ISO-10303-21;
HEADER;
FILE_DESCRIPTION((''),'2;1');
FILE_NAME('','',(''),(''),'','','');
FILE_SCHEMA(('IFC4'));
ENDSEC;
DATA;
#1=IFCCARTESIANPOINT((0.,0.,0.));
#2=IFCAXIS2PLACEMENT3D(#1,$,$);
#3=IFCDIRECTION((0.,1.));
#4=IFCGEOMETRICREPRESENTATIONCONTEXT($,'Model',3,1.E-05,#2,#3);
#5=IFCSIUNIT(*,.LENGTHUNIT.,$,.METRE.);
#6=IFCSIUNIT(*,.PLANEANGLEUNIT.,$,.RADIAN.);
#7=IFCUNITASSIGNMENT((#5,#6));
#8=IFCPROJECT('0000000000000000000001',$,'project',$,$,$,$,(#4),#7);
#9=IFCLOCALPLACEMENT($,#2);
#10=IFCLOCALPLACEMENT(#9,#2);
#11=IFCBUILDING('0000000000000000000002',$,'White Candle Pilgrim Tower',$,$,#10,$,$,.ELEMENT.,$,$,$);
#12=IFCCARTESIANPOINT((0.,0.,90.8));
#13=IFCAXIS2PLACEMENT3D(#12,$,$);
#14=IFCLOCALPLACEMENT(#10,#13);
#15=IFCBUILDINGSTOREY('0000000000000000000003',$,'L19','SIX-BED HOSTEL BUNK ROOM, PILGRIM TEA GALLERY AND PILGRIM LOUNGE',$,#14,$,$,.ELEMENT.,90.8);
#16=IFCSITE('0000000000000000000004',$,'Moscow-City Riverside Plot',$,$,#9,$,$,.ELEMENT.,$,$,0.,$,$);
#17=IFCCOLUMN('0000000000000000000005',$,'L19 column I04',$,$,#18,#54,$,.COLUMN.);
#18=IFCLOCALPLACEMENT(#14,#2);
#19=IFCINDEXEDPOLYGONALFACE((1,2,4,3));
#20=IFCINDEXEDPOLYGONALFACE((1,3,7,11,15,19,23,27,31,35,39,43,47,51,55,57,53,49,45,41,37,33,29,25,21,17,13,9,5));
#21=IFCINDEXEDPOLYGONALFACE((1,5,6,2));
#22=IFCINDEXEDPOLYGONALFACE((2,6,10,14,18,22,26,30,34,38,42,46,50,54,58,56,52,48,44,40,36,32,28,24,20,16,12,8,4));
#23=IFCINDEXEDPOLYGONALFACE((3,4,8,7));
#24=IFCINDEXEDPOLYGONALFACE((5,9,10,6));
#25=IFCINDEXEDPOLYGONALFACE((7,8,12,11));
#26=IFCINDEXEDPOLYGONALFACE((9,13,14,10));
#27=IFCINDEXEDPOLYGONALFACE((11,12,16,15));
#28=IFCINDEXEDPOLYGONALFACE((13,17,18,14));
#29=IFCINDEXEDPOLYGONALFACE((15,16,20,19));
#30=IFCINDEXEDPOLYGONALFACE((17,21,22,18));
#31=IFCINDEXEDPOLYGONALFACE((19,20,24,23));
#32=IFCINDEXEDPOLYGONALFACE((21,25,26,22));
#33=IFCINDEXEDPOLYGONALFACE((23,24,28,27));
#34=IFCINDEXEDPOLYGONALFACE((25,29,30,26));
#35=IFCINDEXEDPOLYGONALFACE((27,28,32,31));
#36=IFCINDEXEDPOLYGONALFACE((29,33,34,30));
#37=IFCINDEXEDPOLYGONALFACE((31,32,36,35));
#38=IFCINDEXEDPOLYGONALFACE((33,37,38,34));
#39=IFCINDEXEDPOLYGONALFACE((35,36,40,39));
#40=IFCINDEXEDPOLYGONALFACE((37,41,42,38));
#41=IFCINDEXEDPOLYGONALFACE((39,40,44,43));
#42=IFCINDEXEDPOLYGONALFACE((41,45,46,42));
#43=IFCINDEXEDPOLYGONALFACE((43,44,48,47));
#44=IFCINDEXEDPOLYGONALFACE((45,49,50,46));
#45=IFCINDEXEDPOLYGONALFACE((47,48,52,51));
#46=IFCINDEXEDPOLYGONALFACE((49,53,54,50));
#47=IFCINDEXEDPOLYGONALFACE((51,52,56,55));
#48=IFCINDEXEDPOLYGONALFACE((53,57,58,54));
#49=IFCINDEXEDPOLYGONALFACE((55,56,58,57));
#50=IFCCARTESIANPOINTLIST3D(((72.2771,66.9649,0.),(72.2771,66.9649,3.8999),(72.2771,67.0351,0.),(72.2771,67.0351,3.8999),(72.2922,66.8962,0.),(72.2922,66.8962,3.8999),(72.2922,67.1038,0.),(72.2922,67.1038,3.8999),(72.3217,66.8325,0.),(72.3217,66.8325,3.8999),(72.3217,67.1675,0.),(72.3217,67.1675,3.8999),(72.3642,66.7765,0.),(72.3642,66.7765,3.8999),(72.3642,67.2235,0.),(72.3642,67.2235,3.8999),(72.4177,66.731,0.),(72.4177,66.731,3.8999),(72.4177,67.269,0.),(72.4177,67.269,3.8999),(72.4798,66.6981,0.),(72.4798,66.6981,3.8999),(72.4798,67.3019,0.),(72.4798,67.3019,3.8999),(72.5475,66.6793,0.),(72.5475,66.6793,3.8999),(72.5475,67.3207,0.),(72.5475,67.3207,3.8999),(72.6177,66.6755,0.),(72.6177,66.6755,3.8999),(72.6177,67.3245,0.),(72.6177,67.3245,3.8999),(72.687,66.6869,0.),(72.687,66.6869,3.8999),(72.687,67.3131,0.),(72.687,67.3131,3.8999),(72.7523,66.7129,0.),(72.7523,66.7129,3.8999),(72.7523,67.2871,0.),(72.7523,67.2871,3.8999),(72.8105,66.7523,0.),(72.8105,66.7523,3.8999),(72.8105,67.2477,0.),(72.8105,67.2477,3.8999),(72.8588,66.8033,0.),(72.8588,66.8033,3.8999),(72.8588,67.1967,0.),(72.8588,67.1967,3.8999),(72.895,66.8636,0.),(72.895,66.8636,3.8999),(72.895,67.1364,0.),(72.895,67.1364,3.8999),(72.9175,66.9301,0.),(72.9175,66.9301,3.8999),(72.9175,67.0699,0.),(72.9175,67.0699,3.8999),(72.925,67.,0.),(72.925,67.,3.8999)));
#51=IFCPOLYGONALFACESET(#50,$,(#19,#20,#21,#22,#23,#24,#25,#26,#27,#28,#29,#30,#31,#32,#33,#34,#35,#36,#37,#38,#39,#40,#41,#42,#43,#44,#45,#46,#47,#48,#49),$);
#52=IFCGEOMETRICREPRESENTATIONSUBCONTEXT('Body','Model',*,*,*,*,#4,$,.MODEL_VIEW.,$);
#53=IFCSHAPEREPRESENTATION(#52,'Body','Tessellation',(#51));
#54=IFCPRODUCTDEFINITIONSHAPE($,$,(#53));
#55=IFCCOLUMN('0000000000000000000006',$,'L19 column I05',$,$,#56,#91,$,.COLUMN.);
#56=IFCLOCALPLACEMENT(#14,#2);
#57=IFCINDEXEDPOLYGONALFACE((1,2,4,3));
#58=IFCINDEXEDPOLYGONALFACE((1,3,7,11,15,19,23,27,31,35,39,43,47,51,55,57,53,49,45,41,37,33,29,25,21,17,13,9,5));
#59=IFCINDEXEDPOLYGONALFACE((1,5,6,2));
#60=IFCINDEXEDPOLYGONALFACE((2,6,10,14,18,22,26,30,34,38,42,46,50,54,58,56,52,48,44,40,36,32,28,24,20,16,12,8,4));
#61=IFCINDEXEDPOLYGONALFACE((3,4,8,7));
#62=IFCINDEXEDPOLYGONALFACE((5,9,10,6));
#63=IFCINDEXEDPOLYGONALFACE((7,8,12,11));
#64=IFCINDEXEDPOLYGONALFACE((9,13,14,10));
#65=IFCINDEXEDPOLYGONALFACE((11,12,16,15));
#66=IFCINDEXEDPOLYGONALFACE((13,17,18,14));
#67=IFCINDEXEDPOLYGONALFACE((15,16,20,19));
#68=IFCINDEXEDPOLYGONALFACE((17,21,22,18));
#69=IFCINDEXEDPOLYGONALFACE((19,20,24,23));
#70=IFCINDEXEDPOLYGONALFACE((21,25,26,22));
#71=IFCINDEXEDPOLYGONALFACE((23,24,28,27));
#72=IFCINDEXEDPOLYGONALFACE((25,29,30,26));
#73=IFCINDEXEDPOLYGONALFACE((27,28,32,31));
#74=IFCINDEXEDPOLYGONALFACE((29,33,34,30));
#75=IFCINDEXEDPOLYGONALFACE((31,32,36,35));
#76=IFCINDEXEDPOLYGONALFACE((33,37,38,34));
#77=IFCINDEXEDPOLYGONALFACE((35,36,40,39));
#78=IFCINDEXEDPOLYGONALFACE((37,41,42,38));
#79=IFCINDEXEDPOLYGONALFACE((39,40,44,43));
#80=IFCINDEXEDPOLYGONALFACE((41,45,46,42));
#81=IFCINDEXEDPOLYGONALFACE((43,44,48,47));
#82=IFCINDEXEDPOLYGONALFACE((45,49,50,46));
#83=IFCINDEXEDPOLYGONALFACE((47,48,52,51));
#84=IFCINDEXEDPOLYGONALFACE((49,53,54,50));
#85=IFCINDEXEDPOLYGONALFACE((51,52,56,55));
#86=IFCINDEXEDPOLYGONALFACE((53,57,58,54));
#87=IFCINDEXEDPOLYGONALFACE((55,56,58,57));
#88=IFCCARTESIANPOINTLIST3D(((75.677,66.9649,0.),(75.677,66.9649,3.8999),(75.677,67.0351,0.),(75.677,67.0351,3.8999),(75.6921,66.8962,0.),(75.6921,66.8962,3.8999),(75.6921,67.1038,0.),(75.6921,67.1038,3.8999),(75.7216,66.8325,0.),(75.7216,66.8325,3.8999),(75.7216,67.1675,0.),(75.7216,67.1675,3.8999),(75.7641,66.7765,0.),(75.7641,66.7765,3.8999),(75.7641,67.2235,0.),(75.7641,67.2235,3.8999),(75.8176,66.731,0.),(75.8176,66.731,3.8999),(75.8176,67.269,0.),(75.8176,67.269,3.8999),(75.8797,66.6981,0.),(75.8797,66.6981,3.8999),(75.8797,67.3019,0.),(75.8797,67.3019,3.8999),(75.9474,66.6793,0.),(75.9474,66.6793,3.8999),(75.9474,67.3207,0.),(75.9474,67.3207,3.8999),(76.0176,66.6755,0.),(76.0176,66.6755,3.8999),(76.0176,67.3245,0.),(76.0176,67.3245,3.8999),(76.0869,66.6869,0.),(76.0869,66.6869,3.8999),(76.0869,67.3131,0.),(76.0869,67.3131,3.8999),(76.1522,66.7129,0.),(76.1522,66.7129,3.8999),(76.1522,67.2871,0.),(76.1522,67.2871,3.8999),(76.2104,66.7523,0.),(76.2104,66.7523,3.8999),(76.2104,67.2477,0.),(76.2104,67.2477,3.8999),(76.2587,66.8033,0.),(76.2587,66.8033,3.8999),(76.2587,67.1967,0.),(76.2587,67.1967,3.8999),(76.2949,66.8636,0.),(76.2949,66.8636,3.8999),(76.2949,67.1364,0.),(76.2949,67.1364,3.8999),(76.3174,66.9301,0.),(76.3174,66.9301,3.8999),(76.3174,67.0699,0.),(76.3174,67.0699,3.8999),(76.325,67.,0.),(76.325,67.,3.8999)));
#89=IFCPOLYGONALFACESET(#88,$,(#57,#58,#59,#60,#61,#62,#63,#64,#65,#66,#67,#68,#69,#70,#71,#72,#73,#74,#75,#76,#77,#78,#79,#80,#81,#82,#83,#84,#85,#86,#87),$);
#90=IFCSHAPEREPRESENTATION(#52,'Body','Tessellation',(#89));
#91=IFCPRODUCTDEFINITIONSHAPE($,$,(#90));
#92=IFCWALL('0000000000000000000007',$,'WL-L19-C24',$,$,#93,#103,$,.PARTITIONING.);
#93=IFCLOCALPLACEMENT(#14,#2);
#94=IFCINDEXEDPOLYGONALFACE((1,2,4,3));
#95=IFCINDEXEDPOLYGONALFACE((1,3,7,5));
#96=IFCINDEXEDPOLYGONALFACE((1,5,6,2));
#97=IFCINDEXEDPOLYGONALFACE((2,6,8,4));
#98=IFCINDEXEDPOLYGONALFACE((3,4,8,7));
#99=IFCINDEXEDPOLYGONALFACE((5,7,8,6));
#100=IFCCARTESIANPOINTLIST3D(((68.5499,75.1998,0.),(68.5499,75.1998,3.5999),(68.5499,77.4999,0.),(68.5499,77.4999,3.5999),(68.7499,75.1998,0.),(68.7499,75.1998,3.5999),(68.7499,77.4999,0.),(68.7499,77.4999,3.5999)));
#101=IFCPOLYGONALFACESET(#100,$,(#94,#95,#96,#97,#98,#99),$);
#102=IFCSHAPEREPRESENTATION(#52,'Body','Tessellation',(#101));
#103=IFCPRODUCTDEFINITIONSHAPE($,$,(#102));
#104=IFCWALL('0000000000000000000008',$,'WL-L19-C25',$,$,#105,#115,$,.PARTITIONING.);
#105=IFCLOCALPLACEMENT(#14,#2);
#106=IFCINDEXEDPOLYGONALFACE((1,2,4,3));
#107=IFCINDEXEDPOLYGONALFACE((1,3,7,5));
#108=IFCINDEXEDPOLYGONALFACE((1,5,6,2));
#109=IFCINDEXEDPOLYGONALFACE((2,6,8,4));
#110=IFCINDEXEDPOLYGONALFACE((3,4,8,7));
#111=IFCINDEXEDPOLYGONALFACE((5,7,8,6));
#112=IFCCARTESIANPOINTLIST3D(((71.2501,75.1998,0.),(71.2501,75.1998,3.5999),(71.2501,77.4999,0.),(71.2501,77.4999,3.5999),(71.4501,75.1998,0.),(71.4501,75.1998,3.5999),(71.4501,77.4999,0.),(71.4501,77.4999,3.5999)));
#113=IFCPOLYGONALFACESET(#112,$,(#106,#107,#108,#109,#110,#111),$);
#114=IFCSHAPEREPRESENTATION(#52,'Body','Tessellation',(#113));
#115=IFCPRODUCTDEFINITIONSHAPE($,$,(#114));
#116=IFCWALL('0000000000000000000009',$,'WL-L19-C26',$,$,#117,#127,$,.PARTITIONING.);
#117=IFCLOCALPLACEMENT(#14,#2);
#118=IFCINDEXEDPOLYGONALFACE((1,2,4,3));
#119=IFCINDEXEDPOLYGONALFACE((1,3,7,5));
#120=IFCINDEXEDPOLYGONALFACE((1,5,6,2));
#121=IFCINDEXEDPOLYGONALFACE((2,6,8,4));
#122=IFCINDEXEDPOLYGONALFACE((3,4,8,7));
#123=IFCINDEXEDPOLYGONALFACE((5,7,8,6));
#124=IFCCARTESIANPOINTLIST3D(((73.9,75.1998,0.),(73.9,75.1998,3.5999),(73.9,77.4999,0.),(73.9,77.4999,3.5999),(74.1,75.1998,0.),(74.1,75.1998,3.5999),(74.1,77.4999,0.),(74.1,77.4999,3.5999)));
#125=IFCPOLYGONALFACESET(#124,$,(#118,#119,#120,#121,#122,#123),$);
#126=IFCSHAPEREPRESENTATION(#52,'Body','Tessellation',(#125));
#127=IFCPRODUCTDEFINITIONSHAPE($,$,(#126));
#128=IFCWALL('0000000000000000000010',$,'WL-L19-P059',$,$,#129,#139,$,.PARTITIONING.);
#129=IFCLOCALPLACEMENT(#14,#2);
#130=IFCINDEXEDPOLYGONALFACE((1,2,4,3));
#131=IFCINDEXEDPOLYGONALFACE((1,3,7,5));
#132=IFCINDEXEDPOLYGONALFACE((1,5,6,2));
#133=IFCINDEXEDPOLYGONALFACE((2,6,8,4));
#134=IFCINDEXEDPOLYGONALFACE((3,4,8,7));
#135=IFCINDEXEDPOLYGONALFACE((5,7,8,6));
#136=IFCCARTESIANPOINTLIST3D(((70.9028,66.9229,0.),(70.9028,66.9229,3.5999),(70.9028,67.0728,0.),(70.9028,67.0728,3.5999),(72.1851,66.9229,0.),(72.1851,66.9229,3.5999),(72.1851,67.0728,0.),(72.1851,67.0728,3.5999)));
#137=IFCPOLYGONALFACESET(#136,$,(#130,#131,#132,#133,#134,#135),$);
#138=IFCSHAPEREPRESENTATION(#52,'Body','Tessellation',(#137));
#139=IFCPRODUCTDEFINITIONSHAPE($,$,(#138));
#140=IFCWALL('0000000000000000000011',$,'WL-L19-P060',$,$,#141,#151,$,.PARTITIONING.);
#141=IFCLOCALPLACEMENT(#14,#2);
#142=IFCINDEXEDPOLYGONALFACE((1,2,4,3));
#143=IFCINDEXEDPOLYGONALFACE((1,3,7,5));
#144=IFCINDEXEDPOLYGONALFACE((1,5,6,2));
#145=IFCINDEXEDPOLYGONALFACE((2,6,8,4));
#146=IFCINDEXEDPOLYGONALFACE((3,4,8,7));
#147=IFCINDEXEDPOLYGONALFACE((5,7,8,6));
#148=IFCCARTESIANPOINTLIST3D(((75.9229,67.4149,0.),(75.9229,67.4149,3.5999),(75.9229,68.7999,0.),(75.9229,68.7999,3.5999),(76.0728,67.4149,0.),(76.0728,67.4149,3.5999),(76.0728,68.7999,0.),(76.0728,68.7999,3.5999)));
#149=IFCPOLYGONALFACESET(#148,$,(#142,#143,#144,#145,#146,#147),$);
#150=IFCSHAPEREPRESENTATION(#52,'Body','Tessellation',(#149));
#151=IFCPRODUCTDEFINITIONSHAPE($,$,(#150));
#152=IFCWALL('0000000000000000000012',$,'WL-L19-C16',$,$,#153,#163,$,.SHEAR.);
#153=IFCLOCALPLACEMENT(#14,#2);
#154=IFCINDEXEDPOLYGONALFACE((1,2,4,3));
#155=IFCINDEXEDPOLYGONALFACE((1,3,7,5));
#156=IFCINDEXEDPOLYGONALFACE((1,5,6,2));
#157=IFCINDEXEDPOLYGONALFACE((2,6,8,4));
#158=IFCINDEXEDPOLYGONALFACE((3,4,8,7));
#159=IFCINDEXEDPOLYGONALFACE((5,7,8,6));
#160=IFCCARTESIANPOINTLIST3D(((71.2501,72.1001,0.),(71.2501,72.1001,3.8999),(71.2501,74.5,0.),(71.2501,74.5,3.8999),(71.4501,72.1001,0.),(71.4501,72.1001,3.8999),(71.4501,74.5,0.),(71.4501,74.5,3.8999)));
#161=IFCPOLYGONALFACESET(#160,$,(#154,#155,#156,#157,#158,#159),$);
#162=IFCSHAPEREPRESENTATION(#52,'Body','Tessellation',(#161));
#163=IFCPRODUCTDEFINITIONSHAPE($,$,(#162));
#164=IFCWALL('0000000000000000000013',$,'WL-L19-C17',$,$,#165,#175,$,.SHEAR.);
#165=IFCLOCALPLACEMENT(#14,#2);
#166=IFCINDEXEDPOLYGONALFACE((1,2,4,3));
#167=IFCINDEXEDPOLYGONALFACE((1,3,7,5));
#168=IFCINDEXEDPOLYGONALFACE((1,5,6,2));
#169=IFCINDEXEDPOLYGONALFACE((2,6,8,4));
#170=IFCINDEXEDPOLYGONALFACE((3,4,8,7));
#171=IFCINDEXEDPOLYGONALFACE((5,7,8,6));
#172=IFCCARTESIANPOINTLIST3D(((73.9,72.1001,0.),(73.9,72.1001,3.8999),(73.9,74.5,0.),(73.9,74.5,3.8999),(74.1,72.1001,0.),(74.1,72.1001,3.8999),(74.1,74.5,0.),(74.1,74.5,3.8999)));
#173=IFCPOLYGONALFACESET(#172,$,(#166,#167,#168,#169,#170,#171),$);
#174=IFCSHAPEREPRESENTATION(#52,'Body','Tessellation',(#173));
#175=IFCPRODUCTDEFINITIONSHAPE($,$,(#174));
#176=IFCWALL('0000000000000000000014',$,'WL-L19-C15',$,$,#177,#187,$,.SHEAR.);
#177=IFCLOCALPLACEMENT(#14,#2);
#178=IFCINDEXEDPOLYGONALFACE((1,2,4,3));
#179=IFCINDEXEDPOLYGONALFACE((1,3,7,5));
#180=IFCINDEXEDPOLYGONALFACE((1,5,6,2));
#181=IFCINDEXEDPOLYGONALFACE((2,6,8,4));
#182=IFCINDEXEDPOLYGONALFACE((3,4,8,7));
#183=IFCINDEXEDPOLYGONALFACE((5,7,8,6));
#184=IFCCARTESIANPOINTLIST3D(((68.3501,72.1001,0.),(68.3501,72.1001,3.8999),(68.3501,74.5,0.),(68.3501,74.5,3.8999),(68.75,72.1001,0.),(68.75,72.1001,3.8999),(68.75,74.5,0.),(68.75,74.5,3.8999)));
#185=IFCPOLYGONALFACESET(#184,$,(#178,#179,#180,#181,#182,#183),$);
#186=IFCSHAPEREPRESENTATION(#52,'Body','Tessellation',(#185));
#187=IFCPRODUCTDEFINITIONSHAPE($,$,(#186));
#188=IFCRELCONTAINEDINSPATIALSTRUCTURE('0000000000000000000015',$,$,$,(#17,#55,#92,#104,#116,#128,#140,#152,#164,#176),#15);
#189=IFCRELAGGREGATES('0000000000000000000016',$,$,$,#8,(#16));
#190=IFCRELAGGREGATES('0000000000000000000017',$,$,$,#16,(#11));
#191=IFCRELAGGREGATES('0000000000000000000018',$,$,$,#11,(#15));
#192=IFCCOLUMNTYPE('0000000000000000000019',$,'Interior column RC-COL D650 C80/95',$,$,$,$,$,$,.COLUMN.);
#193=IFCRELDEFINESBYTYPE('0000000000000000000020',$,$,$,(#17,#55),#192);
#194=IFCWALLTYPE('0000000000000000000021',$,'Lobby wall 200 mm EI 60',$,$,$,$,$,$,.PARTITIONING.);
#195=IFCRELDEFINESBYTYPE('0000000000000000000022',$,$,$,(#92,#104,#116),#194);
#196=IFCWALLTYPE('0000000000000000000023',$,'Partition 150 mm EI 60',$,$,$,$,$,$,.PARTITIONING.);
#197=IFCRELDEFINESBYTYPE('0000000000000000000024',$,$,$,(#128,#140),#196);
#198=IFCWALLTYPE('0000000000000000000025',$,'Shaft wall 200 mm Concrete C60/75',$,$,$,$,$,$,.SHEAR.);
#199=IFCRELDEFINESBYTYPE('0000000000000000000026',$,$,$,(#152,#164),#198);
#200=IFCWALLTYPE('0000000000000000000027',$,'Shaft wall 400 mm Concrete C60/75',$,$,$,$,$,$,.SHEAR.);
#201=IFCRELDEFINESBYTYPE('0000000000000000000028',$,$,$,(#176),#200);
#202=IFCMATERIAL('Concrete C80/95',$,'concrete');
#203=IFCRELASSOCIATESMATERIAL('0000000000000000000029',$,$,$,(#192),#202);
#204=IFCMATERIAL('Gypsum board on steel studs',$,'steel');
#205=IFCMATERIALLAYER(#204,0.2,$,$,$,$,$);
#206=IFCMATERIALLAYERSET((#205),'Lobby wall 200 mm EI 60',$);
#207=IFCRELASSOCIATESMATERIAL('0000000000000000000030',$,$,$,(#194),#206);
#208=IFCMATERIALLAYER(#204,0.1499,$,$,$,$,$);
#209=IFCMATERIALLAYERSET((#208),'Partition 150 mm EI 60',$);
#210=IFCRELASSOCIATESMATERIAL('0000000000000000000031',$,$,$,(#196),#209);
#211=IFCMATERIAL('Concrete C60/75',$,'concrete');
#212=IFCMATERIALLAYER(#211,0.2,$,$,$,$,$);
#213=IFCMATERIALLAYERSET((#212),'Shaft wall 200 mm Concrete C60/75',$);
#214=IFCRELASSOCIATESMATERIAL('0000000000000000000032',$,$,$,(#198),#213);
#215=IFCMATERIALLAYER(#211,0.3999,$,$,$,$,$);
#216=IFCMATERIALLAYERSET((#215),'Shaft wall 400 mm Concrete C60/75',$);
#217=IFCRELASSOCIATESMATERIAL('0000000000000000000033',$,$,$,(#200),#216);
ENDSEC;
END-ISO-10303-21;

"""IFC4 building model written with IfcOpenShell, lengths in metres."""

from ifc_helpers import new_model, si_unit, direction, frame, frame_2d, origin, origin_2d, place, context, subcontext, project, spatial, rectangle, circle, extrude, material, layer, layer_set, material_profile, profile_set, type_object, element, save


model = new_model("IFC4")

# Units and contexts
model_context = context("Model", 3, precision=1e-05, world=origin(), true_north=direction((0.0, 1.0)))
body_context = subcontext(model_context, "Body", "Model", "MODEL_VIEW")
ifc_project = project(units=[si_unit("LENGTHUNIT", "METRE"), si_unit("PLANEANGLEUNIT", "RADIAN")], contexts=[model_context])

# Site, building, storey
site_placement = place(None, origin())
site = spatial("IfcSite", under=ifc_project, at=site_placement, Name="Moscow-City Riverside Plot", CompositionType="ELEMENT", RefElevation=0.0)
building_placement = place(site_placement, origin())
building = spatial("IfcBuilding", under=site, at=building_placement, Name="White Candle Pilgrim Tower", CompositionType="ELEMENT")
storey_placement = place(building_placement, frame((0.0, 0.0, 90.8)))
storey = spatial("IfcBuildingStorey", under=building, at=storey_placement, Name="L19", Description="SIX-BED HOSTEL BUNK ROOM, PILGRIM TEA GALLERY AND PILGRIM LOUNGE", CompositionType="ELEMENT", Elevation=90.8)

# Columns
ifc_material_1 = material(Name="Concrete C80/95", Category="concrete")
ifc_material_profile = material_profile(ifc_material_1, circle(Radius=0.325, at=origin_2d()), Name="RC-COL D650")
ifc_profile_set = profile_set([ifc_material_profile], Name="Concrete C80/95")
column_type = type_object("IfcColumnType", Name="Interior column RC-COL D650 C80/95", PredefinedType="COLUMN", material=ifc_profile_set)
for number, where, z_axis, x_axis, name in (
    (1, (72.6001, 67.0, 0.0), (0.0, 0.0, 1.0), (1.0, 0.0, 0.0), "L19 column I04"),
    (2, (76.0, 67.0, 0.0), (0.0, 0.0, 1.0), (1.0, 0.0, 0.0), "L19 column I05"),
):
    element("IfcColumn", number, at=place(storey_placement, frame(where, z_axis=z_axis, x_axis=x_axis)), inside=storey, type_object=column_type, Name=name, PredefinedType="COLUMN", context=body_context, shape_type="SweptSolid", body=[
        extrude(circle(Radius=0.325, at=origin_2d()), origin(), (0.0, 0.0, 1.0), 3.8999),
    ])

# Walls
ifc_material_2 = material(Name="Gypsum board on steel studs", Category="steel")
ifc_layer_1 = layer(ifc_material_2, 0.2)
ifc_layer_set_1 = layer_set([ifc_layer_1], Name="Lobby wall 200 mm EI 60")
wall_type_1 = type_object("IfcWallType", Name="Lobby wall 200 mm EI 60", PredefinedType="PARTITIONING", material=ifc_layer_set_1)
for number, where, z_axis, x_axis, name in (
    (3, (68.6499, 75.2, 0.0), (0.0, 0.0, 1.0), (0.0, 1.0, 0.0), "WL-L19-C24"),
    (4, (71.3501, 75.2, 0.0), (0.0, 0.0, 1.0), (0.0, 1.0, 0.0), "WL-L19-C25"),
    (5, (74.0, 75.2, 0.0), (0.0, 0.0, 1.0), (0.0, 1.0, 0.0), "WL-L19-C26"),
):
    element("IfcWall", number, at=place(storey_placement, frame(where, z_axis=z_axis, x_axis=x_axis)), inside=storey, type_object=wall_type_1, Name=name, PredefinedType="PARTITIONING", context=body_context, shape_type="SweptSolid", body=[
        extrude(rectangle(XDim=2.3, YDim=0.2, at=frame_2d((1.1499, 0.0))), origin(), (0.0, 0.0, 1.0), 3.5999),
    ])
ifc_layer_2 = layer(ifc_material_2, 0.1499)
ifc_layer_set_2 = layer_set([ifc_layer_2], Name="Partition 150 mm EI 60")
wall_type_2 = type_object("IfcWallType", Name="Partition 150 mm EI 60", PredefinedType="PARTITIONING", material=ifc_layer_set_2)
wall_1_placement = place(storey_placement, frame((72.1851, 66.9978, 0.0), z_axis=(0.0, 0.0, 1.0), x_axis=(-1.0, 0.0, 0.0)))
element("IfcWall", 6, at=wall_1_placement, inside=storey, type_object=wall_type_2, Name="WL-L19-P059", PredefinedType="PARTITIONING", context=body_context, shape_type="SweptSolid", body=[
    extrude(rectangle(XDim=1.2822, YDim=0.1499, at=frame_2d((0.6411, 0.0))), origin(), (0.0, 0.0, 1.0), 3.5999),
])
wall_2_placement = place(storey_placement, frame((75.9978, 67.415, 0.0), z_axis=(0.0, 0.0, 1.0), x_axis=(0.0, 1.0, 0.0)))
element("IfcWall", 7, at=wall_2_placement, inside=storey, type_object=wall_type_2, Name="WL-L19-P060", PredefinedType="PARTITIONING", context=body_context, shape_type="SweptSolid", body=[
    extrude(rectangle(XDim=1.385, YDim=0.1499, at=frame_2d((0.6924, 0.0))), origin(), (0.0, 0.0, 1.0), 3.5999),
])
ifc_material_3 = material(Name="Concrete C60/75", Category="concrete")
ifc_layer_3 = layer(ifc_material_3, 0.2)
ifc_layer_set_3 = layer_set([ifc_layer_3], Name="Shaft wall 200 mm Concrete C60/75")
wall_type_3 = type_object("IfcWallType", Name="Shaft wall 200 mm Concrete C60/75", PredefinedType="SHEAR", material=ifc_layer_set_3)
for number, where, z_axis, x_axis, name in (
    (8, (71.3501, 72.1001, 0.0), (0.0, 0.0, 1.0), (0.0, 1.0, 0.0), "WL-L19-C16"),
    (9, (74.0, 72.1001, 0.0), (0.0, 0.0, 1.0), (0.0, 1.0, 0.0), "WL-L19-C17"),
):
    element("IfcWall", number, at=place(storey_placement, frame(where, z_axis=z_axis, x_axis=x_axis)), inside=storey, type_object=wall_type_3, Name=name, PredefinedType="SHEAR", context=body_context, shape_type="SweptSolid", body=[
        extrude(rectangle(XDim=2.3999, YDim=0.2, at=frame_2d((1.2, 0.0))), origin(), (0.0, 0.0, 1.0), 3.8999),
    ])
ifc_layer_4 = layer(ifc_material_3, 0.3999)
ifc_layer_set_4 = layer_set([ifc_layer_4], Name="Shaft wall 400 mm Concrete C60/75")
wall_type_4 = type_object("IfcWallType", Name="Shaft wall 400 mm Concrete C60/75", PredefinedType="SHEAR", material=ifc_layer_set_4)
wall_3_placement = place(storey_placement, frame((68.55, 72.1001, 0.0), z_axis=(0.0, 0.0, 1.0), x_axis=(0.0, 1.0, 0.0)))
element("IfcWall", 10, at=wall_3_placement, inside=storey, type_object=wall_type_4, Name="WL-L19-C15", PredefinedType="SHEAR", context=body_context, shape_type="SweptSolid", body=[
    extrude(rectangle(XDim=2.3999, YDim=0.3999, at=frame_2d((1.2, 0.0))), origin(), (0.0, 0.0, 1.0), 3.8999),
])

save(model, "model.ifc")
